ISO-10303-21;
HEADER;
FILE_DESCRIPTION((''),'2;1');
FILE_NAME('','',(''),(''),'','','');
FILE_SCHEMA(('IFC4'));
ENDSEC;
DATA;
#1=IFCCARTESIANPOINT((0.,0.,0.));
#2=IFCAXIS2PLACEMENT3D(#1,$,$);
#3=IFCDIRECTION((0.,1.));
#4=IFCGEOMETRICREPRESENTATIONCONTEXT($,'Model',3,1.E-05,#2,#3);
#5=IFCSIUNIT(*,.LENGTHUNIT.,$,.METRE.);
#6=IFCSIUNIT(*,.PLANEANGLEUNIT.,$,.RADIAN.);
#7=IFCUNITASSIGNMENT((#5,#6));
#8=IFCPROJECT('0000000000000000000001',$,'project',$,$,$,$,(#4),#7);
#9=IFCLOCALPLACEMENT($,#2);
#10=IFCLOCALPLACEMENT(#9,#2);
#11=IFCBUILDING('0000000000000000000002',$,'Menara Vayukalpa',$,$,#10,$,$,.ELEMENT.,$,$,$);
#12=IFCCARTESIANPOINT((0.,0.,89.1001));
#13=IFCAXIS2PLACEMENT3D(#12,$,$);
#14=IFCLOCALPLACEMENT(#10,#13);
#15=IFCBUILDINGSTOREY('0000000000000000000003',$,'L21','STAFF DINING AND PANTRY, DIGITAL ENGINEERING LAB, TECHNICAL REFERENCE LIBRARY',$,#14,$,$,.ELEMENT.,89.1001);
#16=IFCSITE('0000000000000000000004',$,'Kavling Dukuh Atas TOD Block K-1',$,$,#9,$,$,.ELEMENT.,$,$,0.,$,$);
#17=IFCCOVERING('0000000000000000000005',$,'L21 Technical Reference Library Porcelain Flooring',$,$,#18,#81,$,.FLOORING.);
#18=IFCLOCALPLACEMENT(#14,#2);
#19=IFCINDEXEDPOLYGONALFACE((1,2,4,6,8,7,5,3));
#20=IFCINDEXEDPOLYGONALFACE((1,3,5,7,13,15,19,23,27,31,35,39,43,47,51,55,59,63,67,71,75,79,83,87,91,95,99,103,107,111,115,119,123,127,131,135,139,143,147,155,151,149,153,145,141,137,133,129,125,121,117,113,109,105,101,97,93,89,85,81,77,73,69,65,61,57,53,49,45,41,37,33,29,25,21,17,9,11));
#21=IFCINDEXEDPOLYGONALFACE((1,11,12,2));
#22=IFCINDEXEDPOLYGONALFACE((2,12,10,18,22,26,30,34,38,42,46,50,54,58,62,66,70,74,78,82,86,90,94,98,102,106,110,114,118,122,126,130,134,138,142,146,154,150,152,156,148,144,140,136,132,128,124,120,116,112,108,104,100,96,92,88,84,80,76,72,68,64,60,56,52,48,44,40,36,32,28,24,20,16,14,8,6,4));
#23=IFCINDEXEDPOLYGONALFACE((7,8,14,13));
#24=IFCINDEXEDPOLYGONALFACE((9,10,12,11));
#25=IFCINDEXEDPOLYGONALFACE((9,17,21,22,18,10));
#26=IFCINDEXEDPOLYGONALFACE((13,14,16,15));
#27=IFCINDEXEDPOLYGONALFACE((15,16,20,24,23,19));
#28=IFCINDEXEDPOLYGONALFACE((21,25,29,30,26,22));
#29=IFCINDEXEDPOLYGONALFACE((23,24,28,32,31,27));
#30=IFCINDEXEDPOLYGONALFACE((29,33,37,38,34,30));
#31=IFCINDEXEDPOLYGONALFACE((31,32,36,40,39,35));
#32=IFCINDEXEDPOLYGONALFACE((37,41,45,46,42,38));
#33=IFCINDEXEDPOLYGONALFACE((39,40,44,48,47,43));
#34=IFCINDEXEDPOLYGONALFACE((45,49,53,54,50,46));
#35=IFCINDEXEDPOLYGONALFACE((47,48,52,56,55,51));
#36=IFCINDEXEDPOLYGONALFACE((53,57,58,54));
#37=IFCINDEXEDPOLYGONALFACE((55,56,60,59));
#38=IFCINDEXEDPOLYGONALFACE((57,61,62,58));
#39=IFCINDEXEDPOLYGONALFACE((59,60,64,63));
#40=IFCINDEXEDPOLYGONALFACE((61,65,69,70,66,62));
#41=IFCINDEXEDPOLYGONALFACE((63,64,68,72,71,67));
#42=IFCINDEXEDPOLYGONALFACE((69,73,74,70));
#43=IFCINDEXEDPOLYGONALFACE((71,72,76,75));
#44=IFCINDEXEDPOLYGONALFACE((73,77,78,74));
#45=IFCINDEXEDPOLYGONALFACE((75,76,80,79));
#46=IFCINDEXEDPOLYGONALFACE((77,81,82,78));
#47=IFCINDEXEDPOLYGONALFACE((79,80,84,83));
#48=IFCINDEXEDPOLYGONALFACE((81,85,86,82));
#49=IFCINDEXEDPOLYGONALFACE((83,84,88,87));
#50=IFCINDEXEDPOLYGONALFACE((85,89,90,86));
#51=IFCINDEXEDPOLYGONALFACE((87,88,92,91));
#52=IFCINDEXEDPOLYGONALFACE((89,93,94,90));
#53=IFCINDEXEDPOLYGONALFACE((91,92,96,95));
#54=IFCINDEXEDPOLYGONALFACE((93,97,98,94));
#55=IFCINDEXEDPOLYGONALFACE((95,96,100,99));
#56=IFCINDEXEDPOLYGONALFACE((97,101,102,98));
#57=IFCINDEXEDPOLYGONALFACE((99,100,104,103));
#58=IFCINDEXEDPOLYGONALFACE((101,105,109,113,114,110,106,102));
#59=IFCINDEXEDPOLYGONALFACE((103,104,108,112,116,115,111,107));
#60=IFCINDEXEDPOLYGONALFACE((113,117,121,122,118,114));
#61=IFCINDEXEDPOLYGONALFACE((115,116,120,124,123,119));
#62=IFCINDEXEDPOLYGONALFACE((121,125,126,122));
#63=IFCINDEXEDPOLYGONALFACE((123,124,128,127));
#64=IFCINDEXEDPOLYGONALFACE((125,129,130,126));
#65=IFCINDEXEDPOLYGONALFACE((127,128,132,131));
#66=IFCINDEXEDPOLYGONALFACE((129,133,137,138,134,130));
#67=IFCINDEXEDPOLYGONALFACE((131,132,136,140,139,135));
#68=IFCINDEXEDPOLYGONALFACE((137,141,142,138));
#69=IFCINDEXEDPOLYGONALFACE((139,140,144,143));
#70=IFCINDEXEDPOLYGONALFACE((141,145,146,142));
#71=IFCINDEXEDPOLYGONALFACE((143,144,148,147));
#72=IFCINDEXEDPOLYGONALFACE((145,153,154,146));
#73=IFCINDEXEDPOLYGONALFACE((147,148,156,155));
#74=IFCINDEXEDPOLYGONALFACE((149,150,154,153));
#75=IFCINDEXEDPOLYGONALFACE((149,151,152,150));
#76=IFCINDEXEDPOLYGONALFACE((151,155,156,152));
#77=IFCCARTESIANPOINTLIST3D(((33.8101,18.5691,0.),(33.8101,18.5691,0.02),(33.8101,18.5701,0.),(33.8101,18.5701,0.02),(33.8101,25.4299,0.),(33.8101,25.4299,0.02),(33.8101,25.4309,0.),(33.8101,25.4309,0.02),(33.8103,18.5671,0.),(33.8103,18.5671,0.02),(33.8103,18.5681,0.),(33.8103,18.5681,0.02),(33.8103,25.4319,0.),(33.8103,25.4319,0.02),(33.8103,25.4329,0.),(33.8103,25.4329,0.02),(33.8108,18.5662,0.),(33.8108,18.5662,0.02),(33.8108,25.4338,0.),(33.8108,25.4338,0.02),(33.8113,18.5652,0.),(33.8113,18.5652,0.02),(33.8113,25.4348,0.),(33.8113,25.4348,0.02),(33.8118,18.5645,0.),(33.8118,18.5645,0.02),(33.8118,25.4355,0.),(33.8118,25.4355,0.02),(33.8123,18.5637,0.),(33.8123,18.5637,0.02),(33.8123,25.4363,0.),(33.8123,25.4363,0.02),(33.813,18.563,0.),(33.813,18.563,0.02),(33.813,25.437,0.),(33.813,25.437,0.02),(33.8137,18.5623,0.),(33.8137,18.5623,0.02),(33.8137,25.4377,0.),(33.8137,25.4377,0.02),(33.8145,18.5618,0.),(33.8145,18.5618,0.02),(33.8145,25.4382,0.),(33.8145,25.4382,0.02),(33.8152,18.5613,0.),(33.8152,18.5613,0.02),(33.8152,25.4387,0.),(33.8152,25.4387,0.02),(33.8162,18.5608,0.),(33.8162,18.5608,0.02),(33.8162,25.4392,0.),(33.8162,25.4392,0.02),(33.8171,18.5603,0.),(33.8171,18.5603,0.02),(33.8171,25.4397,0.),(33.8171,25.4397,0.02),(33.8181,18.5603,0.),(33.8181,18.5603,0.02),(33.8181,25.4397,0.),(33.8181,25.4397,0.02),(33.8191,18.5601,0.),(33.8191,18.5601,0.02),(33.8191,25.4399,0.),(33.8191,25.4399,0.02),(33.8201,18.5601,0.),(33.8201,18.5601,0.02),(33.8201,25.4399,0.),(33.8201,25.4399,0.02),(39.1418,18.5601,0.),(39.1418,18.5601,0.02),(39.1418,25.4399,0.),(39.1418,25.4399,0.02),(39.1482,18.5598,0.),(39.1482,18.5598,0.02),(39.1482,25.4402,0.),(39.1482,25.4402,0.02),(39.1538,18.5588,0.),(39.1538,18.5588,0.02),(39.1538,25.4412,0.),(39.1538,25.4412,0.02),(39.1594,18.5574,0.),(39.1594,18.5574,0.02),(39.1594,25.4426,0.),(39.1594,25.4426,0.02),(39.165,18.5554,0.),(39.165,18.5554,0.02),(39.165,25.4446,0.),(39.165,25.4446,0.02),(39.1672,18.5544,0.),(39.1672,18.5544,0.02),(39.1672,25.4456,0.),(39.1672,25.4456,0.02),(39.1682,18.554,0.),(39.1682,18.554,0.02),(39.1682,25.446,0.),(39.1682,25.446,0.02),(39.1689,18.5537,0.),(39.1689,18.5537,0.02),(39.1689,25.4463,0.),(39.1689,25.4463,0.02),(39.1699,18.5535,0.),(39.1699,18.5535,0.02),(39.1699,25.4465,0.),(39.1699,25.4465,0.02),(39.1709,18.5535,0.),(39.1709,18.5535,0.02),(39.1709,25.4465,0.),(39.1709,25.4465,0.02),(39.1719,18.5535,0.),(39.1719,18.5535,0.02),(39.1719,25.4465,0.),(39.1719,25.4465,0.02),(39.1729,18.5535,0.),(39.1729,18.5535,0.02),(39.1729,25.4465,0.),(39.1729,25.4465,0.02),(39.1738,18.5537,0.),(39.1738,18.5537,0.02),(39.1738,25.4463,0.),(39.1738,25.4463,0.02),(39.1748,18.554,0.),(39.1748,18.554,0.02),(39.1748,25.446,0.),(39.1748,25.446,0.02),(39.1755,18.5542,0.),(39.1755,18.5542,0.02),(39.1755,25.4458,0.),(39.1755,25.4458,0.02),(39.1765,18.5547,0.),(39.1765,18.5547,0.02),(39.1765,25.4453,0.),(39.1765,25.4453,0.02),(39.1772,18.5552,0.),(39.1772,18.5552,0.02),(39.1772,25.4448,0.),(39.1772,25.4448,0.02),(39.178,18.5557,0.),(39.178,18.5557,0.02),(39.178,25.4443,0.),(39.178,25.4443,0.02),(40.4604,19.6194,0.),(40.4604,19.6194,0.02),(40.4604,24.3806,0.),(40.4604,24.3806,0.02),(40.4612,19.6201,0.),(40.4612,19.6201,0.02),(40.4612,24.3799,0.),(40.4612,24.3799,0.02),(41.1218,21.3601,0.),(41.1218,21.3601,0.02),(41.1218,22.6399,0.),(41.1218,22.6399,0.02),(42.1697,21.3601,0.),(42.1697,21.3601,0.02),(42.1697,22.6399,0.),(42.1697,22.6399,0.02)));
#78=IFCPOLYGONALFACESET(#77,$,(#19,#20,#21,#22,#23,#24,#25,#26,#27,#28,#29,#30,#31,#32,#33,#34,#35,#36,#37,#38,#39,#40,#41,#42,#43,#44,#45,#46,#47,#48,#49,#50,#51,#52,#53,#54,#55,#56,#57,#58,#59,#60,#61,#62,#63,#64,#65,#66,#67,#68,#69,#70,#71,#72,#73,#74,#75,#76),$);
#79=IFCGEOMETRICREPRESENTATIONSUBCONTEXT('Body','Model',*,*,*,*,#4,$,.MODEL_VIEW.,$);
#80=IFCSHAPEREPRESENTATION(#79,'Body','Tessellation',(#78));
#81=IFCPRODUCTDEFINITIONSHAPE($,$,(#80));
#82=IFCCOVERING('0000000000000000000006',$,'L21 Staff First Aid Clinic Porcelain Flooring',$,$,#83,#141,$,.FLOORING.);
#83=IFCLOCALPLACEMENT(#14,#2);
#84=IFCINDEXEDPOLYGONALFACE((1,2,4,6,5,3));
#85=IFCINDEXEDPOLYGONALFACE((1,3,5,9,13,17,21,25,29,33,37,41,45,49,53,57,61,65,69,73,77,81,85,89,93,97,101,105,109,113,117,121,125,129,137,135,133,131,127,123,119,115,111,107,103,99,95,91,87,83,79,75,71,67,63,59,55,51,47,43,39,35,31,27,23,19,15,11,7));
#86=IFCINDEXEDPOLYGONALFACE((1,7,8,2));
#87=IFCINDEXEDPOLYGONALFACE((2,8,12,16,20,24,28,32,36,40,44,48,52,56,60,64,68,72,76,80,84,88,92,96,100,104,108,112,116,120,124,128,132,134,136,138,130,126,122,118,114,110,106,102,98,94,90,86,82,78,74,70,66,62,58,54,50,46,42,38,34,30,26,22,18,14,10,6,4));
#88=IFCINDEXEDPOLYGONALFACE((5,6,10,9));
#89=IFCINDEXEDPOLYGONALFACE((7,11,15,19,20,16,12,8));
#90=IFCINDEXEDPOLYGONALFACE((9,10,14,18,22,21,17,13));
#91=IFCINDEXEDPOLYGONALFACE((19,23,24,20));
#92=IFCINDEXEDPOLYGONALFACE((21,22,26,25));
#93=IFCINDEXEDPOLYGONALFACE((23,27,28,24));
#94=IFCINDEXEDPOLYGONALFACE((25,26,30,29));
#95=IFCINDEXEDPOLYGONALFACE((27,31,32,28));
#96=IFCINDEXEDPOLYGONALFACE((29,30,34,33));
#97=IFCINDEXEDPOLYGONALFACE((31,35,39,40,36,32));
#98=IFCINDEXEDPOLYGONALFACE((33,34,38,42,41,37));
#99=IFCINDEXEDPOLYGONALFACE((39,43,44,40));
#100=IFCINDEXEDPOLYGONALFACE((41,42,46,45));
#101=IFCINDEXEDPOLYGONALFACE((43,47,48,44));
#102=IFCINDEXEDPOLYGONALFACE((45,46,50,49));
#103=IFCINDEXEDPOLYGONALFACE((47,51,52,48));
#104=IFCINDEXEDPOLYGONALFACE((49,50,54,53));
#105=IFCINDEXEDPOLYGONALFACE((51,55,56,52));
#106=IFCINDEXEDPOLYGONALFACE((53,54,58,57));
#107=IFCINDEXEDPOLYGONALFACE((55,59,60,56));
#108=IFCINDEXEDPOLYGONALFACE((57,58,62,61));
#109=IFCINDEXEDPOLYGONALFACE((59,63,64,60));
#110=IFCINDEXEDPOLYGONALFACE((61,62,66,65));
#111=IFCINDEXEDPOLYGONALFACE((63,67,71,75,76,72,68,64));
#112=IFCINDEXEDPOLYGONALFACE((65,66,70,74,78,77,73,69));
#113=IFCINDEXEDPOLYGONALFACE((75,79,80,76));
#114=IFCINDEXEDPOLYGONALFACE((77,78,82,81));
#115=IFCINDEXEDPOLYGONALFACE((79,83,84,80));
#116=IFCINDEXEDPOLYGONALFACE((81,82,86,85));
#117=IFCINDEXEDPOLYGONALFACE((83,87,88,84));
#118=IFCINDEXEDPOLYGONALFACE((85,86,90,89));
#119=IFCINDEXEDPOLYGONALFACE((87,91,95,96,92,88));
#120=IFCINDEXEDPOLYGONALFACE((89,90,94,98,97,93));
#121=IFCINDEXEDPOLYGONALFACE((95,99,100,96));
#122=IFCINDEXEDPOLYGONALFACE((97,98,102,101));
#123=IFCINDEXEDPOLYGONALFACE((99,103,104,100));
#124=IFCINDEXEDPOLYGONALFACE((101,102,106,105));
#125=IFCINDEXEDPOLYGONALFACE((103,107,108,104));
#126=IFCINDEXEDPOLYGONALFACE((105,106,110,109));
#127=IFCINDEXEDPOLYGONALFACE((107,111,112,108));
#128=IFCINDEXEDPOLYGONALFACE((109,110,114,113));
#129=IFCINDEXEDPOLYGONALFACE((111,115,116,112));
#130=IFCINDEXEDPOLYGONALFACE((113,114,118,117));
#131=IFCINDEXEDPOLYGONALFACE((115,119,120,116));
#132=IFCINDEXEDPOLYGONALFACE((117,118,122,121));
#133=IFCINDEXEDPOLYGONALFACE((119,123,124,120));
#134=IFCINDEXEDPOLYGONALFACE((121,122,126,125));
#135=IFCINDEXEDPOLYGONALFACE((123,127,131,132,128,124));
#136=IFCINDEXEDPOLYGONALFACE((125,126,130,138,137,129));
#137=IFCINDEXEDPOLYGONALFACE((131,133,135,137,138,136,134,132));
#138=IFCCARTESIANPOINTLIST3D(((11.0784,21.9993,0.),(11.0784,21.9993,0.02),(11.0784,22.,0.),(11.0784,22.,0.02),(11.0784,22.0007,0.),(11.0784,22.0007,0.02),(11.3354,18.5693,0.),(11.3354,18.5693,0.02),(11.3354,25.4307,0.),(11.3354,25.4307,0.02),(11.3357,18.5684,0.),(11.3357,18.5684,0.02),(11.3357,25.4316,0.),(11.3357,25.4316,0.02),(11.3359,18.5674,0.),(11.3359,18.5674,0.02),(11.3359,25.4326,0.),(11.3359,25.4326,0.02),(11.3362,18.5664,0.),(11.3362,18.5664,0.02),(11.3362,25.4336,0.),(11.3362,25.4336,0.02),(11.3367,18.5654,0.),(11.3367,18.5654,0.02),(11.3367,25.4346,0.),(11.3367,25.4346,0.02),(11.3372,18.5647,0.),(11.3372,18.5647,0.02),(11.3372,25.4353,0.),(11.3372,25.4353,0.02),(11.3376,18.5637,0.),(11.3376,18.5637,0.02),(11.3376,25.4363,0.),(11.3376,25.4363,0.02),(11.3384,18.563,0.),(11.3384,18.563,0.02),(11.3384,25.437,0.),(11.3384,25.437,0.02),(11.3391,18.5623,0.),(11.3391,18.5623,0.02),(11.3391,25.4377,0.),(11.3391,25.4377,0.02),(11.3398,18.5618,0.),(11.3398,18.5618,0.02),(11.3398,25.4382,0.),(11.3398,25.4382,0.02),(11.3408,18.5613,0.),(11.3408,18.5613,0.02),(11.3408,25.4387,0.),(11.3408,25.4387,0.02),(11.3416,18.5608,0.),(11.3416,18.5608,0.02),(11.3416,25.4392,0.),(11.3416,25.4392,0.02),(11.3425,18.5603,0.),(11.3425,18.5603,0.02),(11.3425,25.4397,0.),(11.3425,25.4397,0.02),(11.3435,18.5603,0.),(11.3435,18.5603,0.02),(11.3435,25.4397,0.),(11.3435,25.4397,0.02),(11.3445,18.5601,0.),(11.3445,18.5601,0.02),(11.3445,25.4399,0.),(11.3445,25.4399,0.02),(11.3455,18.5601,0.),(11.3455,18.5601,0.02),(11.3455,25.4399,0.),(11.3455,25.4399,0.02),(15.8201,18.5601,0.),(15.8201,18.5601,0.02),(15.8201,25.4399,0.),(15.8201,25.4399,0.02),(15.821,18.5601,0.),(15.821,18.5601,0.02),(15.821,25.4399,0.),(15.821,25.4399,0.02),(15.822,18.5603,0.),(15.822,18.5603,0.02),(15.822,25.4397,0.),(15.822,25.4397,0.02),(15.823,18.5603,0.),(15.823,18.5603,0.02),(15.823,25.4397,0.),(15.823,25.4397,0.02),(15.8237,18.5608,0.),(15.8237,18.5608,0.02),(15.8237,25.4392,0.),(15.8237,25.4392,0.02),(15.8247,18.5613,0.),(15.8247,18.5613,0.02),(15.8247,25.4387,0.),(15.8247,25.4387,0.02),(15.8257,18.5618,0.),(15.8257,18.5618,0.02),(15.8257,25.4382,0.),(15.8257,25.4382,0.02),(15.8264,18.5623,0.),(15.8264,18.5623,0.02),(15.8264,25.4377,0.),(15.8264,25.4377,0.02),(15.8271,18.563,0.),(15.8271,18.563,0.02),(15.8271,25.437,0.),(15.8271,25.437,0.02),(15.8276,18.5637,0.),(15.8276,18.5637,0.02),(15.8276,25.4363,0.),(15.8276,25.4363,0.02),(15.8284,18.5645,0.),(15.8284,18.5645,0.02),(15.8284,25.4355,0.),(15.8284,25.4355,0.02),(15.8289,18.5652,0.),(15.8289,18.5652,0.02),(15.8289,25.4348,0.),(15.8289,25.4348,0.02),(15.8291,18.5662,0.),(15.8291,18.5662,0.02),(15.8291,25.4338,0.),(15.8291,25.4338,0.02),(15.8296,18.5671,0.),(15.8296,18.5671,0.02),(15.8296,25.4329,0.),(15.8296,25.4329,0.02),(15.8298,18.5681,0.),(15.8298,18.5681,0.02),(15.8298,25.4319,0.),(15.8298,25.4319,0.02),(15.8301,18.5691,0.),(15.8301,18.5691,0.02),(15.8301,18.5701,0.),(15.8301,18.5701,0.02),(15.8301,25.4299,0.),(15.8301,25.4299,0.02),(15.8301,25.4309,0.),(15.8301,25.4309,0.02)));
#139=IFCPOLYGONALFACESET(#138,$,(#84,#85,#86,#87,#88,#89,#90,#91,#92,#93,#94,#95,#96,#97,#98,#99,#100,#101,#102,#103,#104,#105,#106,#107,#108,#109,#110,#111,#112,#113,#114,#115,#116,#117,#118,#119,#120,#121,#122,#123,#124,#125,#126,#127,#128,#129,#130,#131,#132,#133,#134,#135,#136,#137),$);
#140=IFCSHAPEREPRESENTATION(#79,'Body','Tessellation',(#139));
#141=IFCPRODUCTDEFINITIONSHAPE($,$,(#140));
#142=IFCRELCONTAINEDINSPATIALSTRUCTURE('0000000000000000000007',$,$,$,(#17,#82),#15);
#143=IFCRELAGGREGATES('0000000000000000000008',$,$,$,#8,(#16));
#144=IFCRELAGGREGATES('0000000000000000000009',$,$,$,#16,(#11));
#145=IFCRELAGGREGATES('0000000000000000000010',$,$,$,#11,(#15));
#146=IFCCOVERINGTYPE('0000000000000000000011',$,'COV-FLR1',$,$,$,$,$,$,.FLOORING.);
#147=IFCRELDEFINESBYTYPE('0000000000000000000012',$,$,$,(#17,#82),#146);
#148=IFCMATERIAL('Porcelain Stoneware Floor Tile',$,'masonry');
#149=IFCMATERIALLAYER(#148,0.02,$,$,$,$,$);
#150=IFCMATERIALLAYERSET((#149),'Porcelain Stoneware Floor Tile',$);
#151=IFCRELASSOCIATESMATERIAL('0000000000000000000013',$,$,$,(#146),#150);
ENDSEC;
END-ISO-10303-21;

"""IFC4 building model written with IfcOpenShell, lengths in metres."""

from ifc_helpers import new_model, si_unit, direction, frame, origin, place, context, subcontext, project, spatial, polyline, outline, extrude, material, layer, layer_set, type_object, element, save


model = new_model("IFC4")

# Units and contexts
model_context = context("Model", 3, precision=1e-05, world=origin(), true_north=direction((0.0, 1.0)))
body_context = subcontext(model_context, "Body", "Model", "MODEL_VIEW")
ifc_project = project(units=[si_unit("LENGTHUNIT", "METRE"), si_unit("PLANEANGLEUNIT", "RADIAN")], contexts=[model_context])

# Site, building, storey
site_placement = place(None, origin())
site = spatial("IfcSite", under=ifc_project, at=site_placement, Name="Kavling Dukuh Atas TOD Block K-1", CompositionType="ELEMENT", RefElevation=0.0)
building_placement = place(site_placement, origin())
building = spatial("IfcBuilding", under=site, at=building_placement, Name="Menara Vayukalpa", CompositionType="ELEMENT")
storey_placement = place(building_placement, frame((0.0, 0.0, 89.1001)))
storey = spatial("IfcBuildingStorey", under=building, at=storey_placement, Name="L21", Description="STAFF DINING AND PANTRY, DIGITAL ENGINEERING LAB, TECHNICAL REFERENCE LIBRARY", CompositionType="ELEMENT", Elevation=89.1001)

# Coverings
ifc_material_1 = material(Name="Porcelain Stoneware Floor Tile", Category="masonry")
ifc_layer_1 = layer(ifc_material_1, 0.02)
ifc_layer_set_1 = layer_set([ifc_layer_1], Name="Porcelain Stoneware Floor Tile")
covering_type_1 = type_object("IfcCoveringType", Name="COV-FLR1", PredefinedType="FLOORING", material=ifc_layer_set_1)
covering_1_placement = place(storey_placement, origin())
element("IfcCovering", 1, at=covering_1_placement, inside=storey, type_object=covering_type_1, Name="L21 Technical Reference Library Porcelain Flooring", PredefinedType="FLOORING", context=body_context, shape_type="SweptSolid", body=[
    extrude(outline(polyline([(42.1697, 22.6399), (41.1218, 22.6399), (41.1218, 21.3601), (42.1697, 21.3601), (40.4612, 19.6201), (40.4604, 19.6194), (39.178, 18.5557), (39.1772, 18.5552), (39.1765, 18.5547), (39.1755, 18.5542), (39.1748, 18.554), (39.1738, 18.5537), (39.1729, 18.5535), (39.1719, 18.5535), (39.1709, 18.5535), (39.1699, 18.5535), (39.1689, 18.5537), (39.1682, 18.554), (39.1672, 18.5544), (39.165, 18.5554), (39.1594, 18.5574), (39.1538, 18.5588), (39.1482, 18.5598), (39.1418, 18.5601), (33.8201, 18.5601), (33.8191, 18.5601), (33.8181, 18.5603), (33.8171, 18.5603), (33.8162, 18.5608), (33.8152, 18.5613), (33.8145, 18.5618), (33.8137, 18.5623), (33.813, 18.563), (33.8123, 18.5637), (33.8118, 18.5645), (33.8113, 18.5652), (33.8108, 18.5662), (33.8103, 18.5671), (33.8103, 18.5681), (33.8101, 18.5691), (33.8101, 18.5701), (33.8101, 25.4299), (33.8101, 25.4309), (33.8103, 25.4319), (33.8103, 25.4329), (33.8108, 25.4338), (33.8113, 25.4348), (33.8118, 25.4355), (33.8123, 25.4363), (33.813, 25.437), (33.8137, 25.4377), (33.8145, 25.4382), (33.8152, 25.4387), (33.8162, 25.4392), (33.8171, 25.4397), (33.8181, 25.4397), (33.8191, 25.4399), (33.8201, 25.4399), (39.1418, 25.4399), (39.1482, 25.4402), (39.1538, 25.4412), (39.1594, 25.4426), (39.165, 25.4446), (39.1672, 25.4456), (39.1682, 25.446), (39.1689, 25.4463), (39.1699, 25.4465), (39.1709, 25.4465), (39.1719, 25.4465), (39.1729, 25.4465), (39.1738, 25.4463), (39.1748, 25.446), (39.1755, 25.4458), (39.1765, 25.4453), (39.1772, 25.4448), (39.178, 25.4443), (40.4604, 24.3806), (40.4612, 24.3799), (42.1697, 22.6399)])), origin(), (0.0, 0.0, 1.0), 0.02),
])
covering_2_placement = place(storey_placement, origin())
element("IfcCovering", 2, at=covering_2_placement, inside=storey, type_object=covering_type_1, Name="L21 Staff First Aid Clinic Porcelain Flooring", PredefinedType="FLOORING", context=body_context, shape_type="SweptSolid", body=[
    extrude(outline(polyline([(11.0784, 22.0), (11.0784, 22.0007), (11.3354, 25.4307), (11.3357, 25.4316), (11.3359, 25.4326), (11.3362, 25.4336), (11.3367, 25.4346), (11.3372, 25.4353), (11.3376, 25.4363), (11.3384, 25.437), (11.3391, 25.4377), (11.3398, 25.4382), (11.3408, 25.4387), (11.3416, 25.4392), (11.3425, 25.4397), (11.3435, 25.4397), (11.3445, 25.4399), (11.3455, 25.4399), (15.8201, 25.4399), (15.821, 25.4399), (15.822, 25.4397), (15.823, 25.4397), (15.8237, 25.4392), (15.8247, 25.4387), (15.8257, 25.4382), (15.8264, 25.4377), (15.8271, 25.437), (15.8276, 25.4363), (15.8284, 25.4355), (15.8289, 25.4348), (15.8291, 25.4338), (15.8296, 25.4329), (15.8298, 25.4319), (15.8301, 25.4309), (15.8301, 25.4299), (15.8301, 18.5701), (15.8301, 18.5691), (15.8298, 18.5681), (15.8296, 18.5671), (15.8291, 18.5662), (15.8289, 18.5652), (15.8284, 18.5645), (15.8276, 18.5637), (15.8271, 18.563), (15.8264, 18.5623), (15.8257, 18.5618), (15.8247, 18.5613), (15.8237, 18.5608), (15.823, 18.5603), (15.822, 18.5603), (15.821, 18.5601), (15.8201, 18.5601), (11.3455, 18.5601), (11.3445, 18.5601), (11.3435, 18.5603), (11.3425, 18.5603), (11.3416, 18.5608), (11.3408, 18.5613), (11.3398, 18.5618), (11.3391, 18.5623), (11.3384, 18.563), (11.3376, 18.5637), (11.3372, 18.5647), (11.3367, 18.5654), (11.3362, 18.5664), (11.3359, 18.5674), (11.3357, 18.5684), (11.3354, 18.5693), (11.0784, 21.9993), (11.0784, 22.0)])), origin(), (0.0, 0.0, 1.0), 0.02),
])

save(model, "model.ifc")
